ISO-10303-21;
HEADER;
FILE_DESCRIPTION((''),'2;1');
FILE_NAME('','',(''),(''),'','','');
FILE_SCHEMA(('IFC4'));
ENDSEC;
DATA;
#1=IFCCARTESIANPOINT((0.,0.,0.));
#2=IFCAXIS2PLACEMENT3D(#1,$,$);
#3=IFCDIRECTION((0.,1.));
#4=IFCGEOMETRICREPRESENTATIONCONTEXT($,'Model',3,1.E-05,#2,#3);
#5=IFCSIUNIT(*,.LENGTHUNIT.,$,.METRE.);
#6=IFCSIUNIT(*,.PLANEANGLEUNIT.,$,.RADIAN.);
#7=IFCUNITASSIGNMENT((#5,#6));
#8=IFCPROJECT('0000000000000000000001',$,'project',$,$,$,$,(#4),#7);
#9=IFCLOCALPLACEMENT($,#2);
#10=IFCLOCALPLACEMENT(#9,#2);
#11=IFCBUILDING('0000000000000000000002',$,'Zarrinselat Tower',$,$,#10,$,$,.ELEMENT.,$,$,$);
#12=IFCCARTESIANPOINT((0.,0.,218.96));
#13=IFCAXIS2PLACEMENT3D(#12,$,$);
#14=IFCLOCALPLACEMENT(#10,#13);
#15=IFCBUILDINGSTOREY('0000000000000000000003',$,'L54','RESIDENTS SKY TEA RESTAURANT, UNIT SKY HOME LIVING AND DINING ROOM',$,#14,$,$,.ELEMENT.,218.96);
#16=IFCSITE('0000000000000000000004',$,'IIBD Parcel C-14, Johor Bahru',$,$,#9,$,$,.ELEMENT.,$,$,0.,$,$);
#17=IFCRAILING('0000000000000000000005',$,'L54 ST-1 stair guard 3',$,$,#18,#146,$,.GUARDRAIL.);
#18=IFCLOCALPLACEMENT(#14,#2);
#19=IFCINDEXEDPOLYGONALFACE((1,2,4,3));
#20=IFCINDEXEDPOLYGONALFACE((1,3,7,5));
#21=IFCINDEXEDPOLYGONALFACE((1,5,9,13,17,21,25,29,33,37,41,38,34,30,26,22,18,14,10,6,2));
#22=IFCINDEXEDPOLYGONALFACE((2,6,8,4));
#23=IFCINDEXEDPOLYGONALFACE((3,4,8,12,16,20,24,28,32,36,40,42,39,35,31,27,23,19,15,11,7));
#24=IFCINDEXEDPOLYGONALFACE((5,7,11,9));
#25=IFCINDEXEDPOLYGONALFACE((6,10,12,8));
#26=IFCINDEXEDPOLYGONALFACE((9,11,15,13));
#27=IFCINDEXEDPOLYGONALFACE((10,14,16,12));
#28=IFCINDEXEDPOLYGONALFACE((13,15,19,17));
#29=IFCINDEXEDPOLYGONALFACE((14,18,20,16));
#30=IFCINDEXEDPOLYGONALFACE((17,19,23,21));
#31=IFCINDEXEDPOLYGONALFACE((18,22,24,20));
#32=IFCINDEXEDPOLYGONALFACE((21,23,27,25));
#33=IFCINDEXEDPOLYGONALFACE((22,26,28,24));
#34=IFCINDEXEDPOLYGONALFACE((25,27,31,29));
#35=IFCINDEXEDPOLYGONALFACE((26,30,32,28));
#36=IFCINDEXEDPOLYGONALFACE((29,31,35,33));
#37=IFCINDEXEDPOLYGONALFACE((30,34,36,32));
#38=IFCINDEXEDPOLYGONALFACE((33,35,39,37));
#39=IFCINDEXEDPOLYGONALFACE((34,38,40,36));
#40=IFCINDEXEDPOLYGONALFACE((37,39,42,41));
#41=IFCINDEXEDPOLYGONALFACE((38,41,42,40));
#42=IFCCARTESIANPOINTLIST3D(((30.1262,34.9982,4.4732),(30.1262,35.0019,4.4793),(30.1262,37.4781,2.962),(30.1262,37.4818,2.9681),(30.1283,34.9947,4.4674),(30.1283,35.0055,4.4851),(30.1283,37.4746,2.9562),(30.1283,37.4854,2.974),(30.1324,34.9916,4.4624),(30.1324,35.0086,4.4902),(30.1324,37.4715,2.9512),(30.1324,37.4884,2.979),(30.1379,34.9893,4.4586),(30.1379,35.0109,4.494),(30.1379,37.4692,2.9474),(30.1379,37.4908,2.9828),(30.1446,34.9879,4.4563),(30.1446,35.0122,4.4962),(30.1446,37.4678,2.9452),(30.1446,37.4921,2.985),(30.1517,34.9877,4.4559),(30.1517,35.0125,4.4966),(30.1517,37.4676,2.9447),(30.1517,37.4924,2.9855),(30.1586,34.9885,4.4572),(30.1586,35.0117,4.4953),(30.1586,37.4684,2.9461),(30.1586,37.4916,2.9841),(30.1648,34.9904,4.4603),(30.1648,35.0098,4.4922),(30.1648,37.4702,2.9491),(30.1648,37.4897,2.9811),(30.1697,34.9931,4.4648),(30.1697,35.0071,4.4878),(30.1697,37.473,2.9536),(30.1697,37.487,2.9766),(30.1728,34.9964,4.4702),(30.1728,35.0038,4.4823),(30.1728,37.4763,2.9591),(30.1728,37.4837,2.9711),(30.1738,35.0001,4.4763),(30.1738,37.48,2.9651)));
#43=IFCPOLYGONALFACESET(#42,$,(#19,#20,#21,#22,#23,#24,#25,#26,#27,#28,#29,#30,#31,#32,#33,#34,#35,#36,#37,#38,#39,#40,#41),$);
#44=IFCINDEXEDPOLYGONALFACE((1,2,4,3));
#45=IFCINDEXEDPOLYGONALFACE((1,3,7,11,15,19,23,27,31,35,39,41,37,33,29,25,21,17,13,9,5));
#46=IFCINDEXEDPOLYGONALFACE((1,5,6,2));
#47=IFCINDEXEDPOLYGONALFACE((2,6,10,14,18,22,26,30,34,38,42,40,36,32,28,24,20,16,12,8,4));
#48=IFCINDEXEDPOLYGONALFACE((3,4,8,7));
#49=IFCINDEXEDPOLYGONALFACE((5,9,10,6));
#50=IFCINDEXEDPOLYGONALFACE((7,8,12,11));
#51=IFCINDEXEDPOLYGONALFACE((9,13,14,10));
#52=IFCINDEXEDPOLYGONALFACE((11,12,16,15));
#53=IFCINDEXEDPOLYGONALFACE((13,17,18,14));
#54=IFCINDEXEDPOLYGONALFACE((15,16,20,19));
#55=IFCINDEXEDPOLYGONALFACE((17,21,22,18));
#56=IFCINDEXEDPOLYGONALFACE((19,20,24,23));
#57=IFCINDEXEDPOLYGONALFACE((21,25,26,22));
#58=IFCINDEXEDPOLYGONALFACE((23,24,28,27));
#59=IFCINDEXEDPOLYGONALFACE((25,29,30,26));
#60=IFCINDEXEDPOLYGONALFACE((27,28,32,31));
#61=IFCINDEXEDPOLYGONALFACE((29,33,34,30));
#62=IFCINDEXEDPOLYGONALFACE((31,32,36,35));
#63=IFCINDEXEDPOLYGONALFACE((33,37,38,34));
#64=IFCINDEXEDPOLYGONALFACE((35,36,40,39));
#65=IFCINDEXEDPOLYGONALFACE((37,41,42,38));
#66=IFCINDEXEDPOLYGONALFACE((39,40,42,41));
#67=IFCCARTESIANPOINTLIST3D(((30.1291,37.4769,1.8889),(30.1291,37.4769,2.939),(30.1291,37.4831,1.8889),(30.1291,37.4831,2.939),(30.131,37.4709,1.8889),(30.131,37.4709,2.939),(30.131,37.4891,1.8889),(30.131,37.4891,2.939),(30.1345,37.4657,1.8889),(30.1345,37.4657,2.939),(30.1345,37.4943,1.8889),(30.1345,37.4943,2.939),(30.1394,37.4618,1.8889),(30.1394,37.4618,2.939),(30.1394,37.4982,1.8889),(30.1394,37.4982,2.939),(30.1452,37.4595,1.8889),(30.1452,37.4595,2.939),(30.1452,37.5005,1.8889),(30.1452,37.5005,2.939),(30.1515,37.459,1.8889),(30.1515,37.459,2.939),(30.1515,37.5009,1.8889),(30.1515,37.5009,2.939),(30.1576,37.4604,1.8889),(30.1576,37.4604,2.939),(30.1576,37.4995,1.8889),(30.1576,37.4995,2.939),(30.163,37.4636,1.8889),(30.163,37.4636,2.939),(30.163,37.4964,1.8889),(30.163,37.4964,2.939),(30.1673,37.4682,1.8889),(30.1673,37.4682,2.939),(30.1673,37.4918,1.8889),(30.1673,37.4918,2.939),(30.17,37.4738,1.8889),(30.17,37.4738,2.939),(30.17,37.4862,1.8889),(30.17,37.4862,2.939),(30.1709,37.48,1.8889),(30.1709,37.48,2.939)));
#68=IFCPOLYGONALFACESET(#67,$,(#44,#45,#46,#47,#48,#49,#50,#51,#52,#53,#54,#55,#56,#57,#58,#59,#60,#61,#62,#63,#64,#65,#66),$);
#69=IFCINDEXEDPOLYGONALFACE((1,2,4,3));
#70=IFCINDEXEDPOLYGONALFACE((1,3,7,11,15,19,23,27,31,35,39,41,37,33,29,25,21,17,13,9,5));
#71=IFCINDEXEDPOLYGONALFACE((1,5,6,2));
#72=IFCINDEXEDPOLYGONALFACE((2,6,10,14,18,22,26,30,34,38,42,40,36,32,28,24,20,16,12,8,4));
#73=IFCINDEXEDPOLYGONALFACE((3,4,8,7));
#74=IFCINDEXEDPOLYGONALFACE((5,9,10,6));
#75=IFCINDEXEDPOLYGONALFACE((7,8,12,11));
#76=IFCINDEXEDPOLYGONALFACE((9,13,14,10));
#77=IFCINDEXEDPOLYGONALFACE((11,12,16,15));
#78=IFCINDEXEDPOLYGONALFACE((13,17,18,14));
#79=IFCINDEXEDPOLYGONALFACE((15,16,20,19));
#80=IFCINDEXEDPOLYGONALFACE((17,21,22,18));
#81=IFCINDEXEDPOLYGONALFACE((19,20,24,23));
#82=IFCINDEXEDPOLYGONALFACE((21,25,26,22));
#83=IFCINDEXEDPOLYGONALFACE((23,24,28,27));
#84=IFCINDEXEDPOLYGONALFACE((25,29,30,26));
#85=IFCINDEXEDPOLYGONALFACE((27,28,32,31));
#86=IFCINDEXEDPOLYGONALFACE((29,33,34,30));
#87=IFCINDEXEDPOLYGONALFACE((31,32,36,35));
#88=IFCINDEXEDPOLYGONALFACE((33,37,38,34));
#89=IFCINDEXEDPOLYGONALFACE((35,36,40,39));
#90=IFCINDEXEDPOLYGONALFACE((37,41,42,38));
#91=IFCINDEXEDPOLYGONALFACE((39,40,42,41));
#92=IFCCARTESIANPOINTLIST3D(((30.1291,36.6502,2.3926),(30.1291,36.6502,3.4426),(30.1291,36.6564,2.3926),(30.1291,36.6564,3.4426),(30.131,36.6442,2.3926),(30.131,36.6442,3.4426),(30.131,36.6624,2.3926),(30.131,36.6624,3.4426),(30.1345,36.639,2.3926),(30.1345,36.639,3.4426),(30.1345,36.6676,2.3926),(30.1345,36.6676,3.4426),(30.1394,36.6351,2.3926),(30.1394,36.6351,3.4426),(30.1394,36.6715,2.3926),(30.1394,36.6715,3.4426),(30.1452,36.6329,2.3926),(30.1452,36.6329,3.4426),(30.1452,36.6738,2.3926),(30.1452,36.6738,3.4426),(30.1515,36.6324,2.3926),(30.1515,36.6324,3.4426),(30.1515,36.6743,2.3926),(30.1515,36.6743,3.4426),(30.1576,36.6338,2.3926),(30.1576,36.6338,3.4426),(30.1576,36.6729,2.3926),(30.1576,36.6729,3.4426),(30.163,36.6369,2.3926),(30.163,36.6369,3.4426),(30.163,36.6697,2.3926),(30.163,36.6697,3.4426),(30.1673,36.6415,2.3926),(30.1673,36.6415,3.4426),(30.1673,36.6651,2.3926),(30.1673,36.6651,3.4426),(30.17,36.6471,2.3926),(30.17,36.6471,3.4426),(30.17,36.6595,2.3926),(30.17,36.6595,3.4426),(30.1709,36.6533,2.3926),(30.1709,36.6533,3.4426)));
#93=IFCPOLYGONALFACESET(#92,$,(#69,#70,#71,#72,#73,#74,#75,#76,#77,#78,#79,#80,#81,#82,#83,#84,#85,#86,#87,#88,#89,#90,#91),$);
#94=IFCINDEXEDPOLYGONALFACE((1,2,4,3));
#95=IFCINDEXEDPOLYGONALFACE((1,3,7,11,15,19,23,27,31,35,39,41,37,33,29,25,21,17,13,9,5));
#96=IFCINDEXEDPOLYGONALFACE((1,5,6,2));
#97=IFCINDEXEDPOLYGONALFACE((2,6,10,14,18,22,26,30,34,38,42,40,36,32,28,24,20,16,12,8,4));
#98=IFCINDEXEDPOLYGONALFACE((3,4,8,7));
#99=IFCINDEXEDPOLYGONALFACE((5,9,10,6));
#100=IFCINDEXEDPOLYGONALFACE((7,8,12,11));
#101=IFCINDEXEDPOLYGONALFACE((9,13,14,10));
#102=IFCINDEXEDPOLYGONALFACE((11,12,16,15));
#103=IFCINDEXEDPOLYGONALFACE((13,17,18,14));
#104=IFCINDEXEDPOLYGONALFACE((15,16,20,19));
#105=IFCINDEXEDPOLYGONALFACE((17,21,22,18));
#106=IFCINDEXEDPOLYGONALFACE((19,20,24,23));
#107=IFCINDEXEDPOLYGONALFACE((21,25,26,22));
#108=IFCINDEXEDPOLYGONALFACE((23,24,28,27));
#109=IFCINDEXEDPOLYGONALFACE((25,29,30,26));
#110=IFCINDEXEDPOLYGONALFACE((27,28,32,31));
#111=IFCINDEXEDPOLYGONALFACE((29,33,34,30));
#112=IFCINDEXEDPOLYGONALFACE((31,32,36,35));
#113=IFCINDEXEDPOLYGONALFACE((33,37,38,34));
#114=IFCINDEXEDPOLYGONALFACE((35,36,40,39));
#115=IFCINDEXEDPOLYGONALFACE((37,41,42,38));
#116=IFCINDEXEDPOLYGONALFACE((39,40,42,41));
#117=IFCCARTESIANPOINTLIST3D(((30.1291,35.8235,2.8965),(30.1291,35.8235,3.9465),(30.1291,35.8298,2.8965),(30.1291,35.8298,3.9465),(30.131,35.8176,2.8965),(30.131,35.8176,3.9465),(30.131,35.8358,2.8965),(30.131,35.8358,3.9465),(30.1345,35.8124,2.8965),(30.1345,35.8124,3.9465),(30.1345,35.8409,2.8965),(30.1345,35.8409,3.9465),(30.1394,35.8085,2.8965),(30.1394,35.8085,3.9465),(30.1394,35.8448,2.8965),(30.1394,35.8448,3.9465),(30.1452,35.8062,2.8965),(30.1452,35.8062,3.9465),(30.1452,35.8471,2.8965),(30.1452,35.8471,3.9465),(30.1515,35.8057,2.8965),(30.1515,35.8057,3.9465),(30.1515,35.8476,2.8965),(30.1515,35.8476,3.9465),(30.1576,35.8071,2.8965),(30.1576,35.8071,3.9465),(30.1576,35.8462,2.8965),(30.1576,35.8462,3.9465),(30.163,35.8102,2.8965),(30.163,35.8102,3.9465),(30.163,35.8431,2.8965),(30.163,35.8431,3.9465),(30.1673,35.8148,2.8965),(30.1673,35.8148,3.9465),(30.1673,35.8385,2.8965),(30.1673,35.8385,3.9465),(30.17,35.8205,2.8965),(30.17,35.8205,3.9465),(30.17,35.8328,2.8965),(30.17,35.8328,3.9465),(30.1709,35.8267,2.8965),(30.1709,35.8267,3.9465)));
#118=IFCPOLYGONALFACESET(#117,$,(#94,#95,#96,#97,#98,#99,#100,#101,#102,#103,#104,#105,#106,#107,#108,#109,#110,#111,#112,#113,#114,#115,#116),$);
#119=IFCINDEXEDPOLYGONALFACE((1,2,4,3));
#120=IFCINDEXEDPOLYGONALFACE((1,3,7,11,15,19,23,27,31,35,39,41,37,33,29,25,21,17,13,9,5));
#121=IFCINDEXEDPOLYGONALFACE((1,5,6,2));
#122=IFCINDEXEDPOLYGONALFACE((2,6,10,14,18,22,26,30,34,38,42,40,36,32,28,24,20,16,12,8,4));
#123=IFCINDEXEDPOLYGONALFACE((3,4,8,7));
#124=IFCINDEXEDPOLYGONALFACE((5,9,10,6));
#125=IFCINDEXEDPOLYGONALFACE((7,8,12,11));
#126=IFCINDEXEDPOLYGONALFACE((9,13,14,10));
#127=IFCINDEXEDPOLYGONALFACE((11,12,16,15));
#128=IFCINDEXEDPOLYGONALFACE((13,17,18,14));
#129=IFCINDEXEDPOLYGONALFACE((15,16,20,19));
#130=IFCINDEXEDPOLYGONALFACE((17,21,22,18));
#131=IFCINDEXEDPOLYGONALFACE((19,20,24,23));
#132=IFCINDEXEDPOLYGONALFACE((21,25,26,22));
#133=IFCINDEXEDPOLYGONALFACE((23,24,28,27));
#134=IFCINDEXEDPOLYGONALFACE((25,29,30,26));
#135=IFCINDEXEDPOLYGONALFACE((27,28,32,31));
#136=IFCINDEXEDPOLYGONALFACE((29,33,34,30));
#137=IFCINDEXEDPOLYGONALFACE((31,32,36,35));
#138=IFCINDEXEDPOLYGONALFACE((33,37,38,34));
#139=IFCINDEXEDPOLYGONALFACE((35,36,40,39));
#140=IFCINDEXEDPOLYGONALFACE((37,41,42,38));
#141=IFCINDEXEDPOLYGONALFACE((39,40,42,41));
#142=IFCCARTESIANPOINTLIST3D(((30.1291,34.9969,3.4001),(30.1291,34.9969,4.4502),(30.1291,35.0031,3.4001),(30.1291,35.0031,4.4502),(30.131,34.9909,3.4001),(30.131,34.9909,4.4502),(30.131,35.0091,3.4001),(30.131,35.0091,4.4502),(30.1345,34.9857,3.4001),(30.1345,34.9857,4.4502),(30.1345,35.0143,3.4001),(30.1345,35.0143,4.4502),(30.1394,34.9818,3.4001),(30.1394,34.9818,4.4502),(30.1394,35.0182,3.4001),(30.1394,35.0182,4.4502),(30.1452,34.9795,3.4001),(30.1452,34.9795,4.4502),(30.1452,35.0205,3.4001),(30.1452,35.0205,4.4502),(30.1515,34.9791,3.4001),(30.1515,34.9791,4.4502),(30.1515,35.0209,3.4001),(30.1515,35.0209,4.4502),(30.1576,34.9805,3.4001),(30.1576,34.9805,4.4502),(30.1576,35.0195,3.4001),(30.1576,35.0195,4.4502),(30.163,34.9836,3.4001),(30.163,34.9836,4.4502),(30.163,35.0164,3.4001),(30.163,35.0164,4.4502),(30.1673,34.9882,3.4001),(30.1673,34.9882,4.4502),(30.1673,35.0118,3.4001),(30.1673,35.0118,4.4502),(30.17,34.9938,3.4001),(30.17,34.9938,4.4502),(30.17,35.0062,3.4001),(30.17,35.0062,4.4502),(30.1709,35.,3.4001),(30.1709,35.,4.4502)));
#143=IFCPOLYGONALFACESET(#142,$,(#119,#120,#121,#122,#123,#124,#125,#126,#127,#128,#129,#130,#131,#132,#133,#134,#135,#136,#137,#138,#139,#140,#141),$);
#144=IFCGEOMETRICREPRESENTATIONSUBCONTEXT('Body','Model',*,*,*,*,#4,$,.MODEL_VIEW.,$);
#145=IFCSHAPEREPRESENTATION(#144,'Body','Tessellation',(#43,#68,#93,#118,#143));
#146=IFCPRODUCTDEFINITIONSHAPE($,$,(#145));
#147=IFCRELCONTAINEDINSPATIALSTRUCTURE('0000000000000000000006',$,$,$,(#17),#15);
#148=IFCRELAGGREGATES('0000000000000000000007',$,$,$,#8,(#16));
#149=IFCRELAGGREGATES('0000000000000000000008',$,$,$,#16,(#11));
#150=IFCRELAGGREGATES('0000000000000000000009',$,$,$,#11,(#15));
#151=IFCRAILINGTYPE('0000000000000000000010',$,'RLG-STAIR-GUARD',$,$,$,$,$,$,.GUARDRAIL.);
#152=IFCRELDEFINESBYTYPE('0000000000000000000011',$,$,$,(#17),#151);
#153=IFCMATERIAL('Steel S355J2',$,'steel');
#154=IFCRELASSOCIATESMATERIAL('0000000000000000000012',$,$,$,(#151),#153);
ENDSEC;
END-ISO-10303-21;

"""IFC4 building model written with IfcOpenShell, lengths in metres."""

from ifc_helpers import new_model, si_unit, direction, frame, origin, origin_2d, place, context, subcontext, project, spatial, circle, extrude, material, type_object, element, save


model = new_model("IFC4")

# Units and contexts
model_context = context("Model", 3, precision=1e-05, world=origin(), true_north=direction((0.0, 1.0)))
body_context = subcontext(model_context, "Body", "Model", "MODEL_VIEW")
ifc_project = project(units=[si_unit("LENGTHUNIT", "METRE"), si_unit("PLANEANGLEUNIT", "RADIAN")], contexts=[model_context])

# Site, building, storey
site_placement = place(None, origin())
site = spatial("IfcSite", under=ifc_project, at=site_placement, Name="IIBD Parcel C-14, Johor Bahru", CompositionType="ELEMENT", RefElevation=0.0)
building_placement = place(site_placement, origin())
building = spatial("IfcBuilding", under=site, at=building_placement, Name="Zarrinselat Tower", CompositionType="ELEMENT")
storey_placement = place(building_placement, frame((0.0, 0.0, 218.96)))
storey = spatial("IfcBuildingStorey", under=building, at=storey_placement, Name="L54", Description="RESIDENTS SKY TEA RESTAURANT, UNIT SKY HOME LIVING AND DINING ROOM", CompositionType="ELEMENT", Elevation=218.96)

# Railing
ifc_material_1 = material(Name="Steel S355J2", Category="steel")
railing_type_1 = type_object("IfcRailingType", Name="RLG-STAIR-GUARD", PredefinedType="GUARDRAIL", material=ifc_material_1)
railing_1_placement = place(storey_placement, frame((30.1499, 37.48, 1.8889)))
element("IfcRailing", 1, at=railing_1_placement, inside=storey, type_object=railing_type_1, Name="L54 ST-1 stair guard 3", PredefinedType="GUARDRAIL", context=body_context, shape_type="SweptSolid", body=[
    extrude(circle(Radius=0.0239, at=origin_2d()), frame((0.0, 0.0, 1.0762), z_axis=(0.0, -0.853942, 0.520368), x_axis=(1.0, 0.0, 0.0)), (0.0, 0.0, 1.0), 2.9041),
    extrude(circle(Radius=0.021, at=origin_2d()), origin(), (0.0, 0.0, 1.0), 1.05),
    extrude(circle(Radius=0.021, at=origin_2d()), frame((0.0, -0.8267, 0.5037)), (0.0, 0.0, 1.0), 1.05),
    extrude(circle(Radius=0.021, at=origin_2d()), frame((0.0, -1.6533, 1.0076)), (0.0, 0.0, 1.0), 1.05),
    extrude(circle(Radius=0.021, at=origin_2d()), frame((0.0, -2.48, 1.5112)), (0.0, 0.0, 1.0), 1.05),
])

save(model, "model.ifc")
